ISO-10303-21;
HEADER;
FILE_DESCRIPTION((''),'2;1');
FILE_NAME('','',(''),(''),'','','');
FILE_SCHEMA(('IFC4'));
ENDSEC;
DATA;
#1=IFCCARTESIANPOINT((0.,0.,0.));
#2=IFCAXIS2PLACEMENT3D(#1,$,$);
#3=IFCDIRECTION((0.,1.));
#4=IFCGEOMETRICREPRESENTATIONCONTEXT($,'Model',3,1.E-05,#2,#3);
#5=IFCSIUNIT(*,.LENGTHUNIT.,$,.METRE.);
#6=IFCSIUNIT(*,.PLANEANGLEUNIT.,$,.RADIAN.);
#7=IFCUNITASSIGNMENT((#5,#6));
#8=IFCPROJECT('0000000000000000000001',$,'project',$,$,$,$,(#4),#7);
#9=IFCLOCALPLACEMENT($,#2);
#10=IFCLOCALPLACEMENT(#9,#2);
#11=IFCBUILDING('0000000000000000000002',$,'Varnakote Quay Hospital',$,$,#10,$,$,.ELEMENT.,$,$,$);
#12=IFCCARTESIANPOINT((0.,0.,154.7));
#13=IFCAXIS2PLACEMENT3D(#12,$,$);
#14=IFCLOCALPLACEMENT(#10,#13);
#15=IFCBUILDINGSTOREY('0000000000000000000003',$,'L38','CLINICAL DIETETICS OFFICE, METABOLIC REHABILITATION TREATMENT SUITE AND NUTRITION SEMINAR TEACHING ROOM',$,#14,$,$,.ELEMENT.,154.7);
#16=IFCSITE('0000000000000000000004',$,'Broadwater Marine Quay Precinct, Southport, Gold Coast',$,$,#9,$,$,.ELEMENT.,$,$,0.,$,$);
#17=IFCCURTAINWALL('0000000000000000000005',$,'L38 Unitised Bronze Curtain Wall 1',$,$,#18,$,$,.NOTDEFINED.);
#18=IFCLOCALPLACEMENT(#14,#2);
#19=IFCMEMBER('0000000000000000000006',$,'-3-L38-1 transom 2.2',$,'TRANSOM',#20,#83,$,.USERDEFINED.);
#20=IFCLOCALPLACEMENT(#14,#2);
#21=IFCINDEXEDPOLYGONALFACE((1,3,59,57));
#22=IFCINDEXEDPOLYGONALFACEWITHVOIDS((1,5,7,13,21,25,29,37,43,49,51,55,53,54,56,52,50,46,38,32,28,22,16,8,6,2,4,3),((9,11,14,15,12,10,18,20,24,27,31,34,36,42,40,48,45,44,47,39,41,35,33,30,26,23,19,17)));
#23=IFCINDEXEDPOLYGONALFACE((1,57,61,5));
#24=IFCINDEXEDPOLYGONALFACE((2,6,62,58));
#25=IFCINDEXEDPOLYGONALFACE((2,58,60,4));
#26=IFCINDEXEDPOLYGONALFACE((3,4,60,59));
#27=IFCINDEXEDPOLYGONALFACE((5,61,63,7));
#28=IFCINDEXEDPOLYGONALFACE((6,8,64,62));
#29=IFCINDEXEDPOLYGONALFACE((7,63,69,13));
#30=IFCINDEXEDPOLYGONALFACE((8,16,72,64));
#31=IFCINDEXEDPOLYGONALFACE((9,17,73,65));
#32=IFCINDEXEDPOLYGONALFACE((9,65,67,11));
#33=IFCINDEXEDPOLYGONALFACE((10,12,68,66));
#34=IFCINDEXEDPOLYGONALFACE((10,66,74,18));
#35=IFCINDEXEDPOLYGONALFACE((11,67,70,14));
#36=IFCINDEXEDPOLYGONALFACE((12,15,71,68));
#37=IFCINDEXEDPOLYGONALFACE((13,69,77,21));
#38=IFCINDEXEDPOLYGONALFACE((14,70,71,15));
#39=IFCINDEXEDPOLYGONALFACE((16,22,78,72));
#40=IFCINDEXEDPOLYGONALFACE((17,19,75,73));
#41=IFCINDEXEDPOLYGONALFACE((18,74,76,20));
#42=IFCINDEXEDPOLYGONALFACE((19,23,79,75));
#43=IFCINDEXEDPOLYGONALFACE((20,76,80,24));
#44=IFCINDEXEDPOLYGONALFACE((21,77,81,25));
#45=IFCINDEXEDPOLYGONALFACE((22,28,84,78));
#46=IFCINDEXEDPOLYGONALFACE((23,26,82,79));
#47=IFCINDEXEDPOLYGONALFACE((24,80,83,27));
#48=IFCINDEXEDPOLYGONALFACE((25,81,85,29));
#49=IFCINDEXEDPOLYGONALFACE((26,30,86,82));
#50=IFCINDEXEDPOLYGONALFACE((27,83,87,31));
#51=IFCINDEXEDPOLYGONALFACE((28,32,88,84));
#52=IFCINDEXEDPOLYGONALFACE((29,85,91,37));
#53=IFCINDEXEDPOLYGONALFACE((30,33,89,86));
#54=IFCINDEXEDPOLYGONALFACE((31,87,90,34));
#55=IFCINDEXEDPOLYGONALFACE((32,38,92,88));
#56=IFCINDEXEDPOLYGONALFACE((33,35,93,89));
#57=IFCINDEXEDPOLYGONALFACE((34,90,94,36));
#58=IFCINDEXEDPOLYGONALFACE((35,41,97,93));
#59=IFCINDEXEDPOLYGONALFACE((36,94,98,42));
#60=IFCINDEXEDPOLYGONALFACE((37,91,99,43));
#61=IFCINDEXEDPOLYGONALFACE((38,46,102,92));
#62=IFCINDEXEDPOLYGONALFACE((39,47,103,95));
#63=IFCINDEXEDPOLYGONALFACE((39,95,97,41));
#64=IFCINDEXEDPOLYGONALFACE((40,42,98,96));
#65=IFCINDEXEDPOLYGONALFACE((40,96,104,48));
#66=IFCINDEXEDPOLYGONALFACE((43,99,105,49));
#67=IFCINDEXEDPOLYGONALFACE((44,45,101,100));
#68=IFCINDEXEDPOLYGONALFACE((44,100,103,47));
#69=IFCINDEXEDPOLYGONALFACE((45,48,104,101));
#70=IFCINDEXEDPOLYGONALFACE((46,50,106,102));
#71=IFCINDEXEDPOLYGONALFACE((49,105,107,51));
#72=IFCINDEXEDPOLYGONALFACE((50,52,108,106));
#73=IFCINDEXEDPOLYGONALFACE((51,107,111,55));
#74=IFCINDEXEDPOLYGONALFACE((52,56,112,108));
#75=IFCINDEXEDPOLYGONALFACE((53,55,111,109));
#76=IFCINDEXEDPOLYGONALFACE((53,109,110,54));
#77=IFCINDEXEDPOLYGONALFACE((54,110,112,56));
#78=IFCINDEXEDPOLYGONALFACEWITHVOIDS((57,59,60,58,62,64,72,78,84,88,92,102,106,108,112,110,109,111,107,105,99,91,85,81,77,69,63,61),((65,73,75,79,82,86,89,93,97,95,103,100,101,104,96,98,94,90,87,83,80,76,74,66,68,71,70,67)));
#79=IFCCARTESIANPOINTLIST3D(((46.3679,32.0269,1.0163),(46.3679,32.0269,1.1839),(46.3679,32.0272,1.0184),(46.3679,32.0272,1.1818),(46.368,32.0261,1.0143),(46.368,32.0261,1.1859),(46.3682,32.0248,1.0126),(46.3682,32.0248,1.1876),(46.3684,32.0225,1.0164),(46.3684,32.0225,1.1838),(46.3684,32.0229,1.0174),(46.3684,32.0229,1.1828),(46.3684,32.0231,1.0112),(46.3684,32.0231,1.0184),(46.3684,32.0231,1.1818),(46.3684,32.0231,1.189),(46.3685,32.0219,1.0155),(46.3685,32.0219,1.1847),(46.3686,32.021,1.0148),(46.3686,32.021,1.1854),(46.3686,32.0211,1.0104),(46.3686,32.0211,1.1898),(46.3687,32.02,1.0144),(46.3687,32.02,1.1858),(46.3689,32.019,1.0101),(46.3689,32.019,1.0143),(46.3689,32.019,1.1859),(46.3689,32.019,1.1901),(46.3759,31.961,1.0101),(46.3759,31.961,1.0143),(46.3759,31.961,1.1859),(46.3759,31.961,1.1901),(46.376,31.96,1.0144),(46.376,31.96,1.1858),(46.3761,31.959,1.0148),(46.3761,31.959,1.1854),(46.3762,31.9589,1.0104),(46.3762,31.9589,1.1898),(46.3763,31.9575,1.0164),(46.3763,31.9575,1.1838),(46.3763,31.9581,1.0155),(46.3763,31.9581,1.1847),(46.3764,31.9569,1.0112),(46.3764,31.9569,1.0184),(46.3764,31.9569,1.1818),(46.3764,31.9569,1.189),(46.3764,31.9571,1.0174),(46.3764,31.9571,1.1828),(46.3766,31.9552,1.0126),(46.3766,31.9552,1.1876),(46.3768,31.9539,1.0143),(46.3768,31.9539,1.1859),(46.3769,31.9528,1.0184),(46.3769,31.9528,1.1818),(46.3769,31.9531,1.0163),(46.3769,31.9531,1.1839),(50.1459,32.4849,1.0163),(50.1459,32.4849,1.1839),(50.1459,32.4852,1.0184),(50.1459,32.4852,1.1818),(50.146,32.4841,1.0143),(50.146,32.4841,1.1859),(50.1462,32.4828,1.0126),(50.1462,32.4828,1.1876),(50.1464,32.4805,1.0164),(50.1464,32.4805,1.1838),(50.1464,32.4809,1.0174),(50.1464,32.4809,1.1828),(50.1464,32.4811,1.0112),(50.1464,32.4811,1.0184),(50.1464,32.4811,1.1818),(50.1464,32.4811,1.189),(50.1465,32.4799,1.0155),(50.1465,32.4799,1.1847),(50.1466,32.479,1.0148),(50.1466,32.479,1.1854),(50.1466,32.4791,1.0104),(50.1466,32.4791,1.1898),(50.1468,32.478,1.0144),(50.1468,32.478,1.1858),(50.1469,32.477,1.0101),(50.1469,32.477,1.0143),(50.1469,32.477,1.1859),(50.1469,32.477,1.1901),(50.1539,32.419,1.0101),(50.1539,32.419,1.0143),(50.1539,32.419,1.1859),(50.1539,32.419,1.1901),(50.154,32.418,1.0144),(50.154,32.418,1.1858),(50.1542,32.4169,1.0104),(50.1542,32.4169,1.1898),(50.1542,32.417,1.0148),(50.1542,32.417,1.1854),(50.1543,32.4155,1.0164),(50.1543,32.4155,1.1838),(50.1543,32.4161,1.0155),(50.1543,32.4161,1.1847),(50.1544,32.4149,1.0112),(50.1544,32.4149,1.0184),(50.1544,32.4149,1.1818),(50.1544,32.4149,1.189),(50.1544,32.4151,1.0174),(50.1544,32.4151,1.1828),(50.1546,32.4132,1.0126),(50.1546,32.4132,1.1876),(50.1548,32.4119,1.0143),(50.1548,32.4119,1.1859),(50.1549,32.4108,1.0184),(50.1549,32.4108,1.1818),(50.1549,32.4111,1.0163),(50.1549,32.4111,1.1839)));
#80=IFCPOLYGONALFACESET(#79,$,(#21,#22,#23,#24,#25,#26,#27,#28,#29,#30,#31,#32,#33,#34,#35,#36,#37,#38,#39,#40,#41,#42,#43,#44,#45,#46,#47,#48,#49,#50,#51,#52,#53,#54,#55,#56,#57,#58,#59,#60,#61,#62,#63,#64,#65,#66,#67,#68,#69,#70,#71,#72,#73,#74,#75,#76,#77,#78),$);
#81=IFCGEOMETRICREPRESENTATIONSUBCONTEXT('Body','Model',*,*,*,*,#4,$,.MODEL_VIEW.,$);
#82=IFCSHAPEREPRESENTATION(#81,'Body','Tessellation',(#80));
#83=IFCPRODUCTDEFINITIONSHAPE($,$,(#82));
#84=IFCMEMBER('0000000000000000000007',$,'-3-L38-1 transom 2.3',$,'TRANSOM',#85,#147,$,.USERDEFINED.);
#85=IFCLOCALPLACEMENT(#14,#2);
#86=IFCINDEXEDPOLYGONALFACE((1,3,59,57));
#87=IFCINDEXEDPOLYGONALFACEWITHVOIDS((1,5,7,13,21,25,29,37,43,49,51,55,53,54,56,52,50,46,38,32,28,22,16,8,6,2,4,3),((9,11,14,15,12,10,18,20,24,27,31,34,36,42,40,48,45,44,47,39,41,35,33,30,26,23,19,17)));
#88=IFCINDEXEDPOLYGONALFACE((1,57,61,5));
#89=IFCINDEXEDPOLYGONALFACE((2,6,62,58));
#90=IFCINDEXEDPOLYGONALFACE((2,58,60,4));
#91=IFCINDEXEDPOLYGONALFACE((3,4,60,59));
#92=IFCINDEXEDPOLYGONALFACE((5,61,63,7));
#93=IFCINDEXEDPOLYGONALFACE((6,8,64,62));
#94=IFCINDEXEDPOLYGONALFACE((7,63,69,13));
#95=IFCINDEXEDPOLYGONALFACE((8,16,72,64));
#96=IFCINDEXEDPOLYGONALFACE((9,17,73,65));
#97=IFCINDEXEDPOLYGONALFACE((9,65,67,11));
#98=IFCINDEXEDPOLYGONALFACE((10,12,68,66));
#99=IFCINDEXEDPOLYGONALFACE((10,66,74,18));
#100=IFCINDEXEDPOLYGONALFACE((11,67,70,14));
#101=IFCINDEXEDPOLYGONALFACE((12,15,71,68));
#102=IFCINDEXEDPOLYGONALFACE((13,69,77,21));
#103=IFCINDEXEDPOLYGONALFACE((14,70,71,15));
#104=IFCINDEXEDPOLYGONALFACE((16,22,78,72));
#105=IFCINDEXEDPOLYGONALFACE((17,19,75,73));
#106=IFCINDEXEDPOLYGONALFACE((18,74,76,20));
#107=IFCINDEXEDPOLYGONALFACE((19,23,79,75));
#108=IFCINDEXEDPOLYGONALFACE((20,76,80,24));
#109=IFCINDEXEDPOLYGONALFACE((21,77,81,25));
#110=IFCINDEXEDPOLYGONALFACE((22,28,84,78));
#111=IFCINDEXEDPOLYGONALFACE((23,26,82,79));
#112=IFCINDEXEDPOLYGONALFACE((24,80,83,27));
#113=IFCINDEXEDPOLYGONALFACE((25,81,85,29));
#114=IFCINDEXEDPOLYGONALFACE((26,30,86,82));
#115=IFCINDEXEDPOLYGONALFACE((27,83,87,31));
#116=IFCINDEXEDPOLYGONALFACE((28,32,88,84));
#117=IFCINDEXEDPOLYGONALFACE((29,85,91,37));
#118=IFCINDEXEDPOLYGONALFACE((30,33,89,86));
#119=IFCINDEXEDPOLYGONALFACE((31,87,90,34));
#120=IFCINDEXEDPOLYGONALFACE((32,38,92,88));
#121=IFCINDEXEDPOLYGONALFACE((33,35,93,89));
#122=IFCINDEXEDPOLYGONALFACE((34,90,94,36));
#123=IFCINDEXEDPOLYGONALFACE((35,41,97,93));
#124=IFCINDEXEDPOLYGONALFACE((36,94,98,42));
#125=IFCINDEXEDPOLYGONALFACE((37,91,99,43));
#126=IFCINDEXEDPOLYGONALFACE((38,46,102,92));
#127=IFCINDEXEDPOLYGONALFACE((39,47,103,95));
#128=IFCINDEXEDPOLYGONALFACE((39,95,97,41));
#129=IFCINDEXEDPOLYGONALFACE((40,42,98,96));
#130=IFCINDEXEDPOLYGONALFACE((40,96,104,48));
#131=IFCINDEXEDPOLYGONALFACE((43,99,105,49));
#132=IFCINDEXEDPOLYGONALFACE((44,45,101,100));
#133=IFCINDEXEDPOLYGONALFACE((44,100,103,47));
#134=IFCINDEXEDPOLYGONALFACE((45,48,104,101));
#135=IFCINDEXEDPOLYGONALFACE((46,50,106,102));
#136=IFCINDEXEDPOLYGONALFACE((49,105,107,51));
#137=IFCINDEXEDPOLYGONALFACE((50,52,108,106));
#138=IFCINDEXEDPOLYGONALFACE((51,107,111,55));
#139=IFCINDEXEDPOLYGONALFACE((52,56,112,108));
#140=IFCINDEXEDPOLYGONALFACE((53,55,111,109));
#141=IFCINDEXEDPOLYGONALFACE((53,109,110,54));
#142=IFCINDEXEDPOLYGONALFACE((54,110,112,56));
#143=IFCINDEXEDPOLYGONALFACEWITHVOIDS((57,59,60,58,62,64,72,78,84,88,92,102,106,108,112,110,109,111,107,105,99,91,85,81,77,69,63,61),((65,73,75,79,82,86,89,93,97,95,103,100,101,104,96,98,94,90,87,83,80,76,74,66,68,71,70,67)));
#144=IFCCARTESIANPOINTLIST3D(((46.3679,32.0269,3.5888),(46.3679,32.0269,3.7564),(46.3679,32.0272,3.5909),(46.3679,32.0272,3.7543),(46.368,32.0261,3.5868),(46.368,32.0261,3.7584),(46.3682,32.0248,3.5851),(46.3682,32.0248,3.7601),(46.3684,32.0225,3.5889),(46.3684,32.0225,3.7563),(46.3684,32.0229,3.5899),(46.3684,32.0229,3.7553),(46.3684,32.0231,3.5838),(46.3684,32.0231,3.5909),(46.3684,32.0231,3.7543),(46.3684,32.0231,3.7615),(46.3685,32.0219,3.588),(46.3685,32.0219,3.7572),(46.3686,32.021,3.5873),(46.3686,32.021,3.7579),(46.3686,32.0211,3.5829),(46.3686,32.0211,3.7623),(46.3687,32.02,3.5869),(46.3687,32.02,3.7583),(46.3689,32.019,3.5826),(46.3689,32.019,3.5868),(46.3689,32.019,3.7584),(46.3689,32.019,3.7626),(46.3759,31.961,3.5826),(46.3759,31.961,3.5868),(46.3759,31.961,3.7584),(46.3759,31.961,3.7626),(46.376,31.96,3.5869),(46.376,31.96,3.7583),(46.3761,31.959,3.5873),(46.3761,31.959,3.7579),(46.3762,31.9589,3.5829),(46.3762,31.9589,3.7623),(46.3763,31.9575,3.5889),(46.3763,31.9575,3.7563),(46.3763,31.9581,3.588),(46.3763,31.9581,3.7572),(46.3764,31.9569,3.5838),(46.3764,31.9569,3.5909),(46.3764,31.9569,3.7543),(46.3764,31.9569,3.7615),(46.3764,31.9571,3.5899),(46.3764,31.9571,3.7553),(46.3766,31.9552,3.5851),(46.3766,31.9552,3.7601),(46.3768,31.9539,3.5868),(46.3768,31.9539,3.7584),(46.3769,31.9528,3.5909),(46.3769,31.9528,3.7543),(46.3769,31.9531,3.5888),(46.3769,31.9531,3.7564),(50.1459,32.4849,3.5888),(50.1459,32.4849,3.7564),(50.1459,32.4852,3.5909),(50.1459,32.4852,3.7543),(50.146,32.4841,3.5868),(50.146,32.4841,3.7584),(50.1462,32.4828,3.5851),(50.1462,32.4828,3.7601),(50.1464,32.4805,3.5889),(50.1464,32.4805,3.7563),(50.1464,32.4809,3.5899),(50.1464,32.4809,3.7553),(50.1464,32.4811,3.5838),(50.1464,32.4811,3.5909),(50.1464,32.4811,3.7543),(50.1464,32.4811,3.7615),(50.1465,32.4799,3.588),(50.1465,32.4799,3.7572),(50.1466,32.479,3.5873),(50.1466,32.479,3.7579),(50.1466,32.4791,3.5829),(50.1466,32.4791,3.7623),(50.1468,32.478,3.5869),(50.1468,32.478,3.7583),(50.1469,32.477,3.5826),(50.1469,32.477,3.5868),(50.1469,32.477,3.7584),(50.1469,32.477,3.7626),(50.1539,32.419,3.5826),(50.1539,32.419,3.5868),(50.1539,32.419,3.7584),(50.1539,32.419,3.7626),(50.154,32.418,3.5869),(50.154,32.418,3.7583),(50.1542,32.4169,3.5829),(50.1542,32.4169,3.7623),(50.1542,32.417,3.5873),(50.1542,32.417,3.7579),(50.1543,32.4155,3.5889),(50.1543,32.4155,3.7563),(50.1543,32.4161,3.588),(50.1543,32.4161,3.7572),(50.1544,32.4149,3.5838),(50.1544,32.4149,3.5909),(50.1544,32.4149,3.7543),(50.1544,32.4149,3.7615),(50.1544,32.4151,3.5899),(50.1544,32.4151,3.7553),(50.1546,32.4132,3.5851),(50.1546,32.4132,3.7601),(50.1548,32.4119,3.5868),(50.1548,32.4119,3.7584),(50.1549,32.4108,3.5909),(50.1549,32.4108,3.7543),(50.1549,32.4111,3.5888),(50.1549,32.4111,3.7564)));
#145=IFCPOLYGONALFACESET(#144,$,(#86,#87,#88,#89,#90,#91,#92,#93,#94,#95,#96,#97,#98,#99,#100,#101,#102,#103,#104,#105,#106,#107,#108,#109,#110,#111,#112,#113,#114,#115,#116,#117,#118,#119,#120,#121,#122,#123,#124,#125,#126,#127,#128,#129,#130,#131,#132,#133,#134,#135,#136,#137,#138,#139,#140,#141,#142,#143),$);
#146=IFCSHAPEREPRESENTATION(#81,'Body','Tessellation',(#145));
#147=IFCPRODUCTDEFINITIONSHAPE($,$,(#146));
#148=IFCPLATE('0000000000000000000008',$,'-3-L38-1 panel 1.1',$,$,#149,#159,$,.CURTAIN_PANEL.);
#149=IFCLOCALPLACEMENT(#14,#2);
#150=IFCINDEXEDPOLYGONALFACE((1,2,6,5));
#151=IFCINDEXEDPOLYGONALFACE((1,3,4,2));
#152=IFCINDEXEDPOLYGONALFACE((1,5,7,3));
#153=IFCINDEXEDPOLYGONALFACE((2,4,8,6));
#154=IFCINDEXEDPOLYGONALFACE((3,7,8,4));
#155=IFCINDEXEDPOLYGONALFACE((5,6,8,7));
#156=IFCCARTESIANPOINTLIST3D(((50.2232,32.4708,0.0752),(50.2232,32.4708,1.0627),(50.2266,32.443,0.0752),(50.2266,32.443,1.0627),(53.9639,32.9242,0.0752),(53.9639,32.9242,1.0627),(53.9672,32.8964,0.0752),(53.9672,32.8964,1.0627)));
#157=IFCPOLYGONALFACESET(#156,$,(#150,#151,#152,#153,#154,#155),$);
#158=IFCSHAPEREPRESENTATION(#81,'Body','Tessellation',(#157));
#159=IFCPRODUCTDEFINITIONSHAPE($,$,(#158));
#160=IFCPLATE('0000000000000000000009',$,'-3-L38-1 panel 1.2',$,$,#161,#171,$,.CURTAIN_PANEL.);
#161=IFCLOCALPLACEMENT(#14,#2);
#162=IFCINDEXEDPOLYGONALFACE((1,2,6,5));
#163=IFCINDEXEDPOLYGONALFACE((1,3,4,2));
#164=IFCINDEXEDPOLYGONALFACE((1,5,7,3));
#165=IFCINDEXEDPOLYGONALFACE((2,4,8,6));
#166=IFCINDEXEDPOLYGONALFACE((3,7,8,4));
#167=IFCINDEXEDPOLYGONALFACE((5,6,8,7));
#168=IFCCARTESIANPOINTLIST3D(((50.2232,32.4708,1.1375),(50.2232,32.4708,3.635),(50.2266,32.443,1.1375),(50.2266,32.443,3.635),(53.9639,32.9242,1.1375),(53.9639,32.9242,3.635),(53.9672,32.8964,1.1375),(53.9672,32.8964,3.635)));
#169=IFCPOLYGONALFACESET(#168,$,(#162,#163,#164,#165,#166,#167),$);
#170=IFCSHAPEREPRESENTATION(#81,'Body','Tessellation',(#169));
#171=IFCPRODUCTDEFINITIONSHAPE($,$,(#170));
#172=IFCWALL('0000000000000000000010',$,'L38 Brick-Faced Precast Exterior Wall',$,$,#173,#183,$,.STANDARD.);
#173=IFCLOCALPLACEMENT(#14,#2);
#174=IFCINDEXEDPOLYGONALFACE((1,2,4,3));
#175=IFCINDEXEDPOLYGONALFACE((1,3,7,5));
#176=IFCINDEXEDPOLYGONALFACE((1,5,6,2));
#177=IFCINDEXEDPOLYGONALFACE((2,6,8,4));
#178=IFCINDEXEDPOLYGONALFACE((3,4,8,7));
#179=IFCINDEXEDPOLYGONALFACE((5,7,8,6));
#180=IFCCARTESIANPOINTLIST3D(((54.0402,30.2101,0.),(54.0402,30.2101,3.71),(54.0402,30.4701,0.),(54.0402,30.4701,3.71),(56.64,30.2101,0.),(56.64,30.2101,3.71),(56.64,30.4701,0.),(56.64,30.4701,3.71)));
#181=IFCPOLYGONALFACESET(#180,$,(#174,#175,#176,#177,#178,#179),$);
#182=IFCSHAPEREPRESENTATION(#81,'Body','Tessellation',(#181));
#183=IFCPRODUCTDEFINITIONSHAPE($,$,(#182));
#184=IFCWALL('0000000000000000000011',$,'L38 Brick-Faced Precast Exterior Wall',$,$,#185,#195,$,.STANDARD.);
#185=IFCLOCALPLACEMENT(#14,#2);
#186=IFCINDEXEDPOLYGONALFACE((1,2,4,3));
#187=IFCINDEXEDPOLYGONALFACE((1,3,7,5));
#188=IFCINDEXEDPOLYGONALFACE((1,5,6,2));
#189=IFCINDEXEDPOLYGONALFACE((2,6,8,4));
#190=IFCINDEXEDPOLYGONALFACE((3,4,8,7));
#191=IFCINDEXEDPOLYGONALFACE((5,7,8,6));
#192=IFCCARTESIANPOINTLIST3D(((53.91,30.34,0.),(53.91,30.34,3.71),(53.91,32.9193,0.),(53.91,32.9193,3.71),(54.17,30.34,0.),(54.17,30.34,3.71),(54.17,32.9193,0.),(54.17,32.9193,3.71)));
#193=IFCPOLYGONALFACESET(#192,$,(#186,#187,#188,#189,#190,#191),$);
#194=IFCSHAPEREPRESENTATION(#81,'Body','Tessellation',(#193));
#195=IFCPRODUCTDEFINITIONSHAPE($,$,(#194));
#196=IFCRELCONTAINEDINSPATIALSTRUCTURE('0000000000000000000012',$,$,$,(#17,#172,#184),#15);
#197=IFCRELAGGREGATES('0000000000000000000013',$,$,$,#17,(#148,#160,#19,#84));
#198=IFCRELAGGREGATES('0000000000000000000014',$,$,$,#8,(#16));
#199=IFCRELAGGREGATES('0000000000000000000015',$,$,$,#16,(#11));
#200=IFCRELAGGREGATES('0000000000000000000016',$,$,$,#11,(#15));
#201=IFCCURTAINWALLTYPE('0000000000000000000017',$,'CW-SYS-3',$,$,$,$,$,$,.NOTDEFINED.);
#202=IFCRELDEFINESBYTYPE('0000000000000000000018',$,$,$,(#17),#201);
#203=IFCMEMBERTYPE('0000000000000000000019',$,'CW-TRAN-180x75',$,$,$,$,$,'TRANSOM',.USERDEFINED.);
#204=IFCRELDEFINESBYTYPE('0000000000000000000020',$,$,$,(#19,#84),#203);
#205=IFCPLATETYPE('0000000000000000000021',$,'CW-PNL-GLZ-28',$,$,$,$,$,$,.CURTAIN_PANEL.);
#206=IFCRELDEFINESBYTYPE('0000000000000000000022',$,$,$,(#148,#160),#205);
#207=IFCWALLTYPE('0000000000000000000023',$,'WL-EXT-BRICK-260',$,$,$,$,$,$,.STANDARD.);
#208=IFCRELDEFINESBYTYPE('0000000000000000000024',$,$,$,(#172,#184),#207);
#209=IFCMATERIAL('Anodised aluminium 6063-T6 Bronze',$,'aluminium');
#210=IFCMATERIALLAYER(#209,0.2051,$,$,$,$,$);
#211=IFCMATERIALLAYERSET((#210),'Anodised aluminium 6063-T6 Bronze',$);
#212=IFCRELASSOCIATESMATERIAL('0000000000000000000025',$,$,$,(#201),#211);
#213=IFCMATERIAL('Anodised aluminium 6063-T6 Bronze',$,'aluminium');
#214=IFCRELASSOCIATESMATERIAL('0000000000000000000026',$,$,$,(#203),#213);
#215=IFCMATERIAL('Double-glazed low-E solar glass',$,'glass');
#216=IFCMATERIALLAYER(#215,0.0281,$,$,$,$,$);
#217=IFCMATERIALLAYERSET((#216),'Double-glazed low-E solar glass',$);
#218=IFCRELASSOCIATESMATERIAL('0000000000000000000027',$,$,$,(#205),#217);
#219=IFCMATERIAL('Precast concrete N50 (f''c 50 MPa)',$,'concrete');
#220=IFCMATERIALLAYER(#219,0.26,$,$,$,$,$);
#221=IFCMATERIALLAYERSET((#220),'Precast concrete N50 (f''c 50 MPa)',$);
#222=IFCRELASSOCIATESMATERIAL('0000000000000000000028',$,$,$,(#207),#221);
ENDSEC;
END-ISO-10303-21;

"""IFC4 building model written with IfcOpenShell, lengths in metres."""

from ifc_helpers import new_model, si_unit, direction, frame, frame_2d, origin, origin_2d, place, context, subcontext, project, spatial, rectangle, hollow_rectangle, extrude, material, layer, layer_set, material_profile, profile_set, type_object, element, aggregate, save


model = new_model("IFC4")

# Units and contexts
model_context = context("Model", 3, precision=1e-05, world=origin(), true_north=direction((0.0, 1.0)))
body_context = subcontext(model_context, "Body", "Model", "MODEL_VIEW")
ifc_project = project(units=[si_unit("LENGTHUNIT", "METRE"), si_unit("PLANEANGLEUNIT", "RADIAN")], contexts=[model_context])

# Site, building, storey
site_placement = place(None, origin())
site = spatial("IfcSite", under=ifc_project, at=site_placement, Name="Broadwater Marine Quay Precinct, Southport, Gold Coast", CompositionType="ELEMENT", RefElevation=0.0)
building_placement = place(site_placement, origin())
building = spatial("IfcBuilding", under=site, at=building_placement, Name="Varnakote Quay Hospital", CompositionType="ELEMENT")
storey_placement = place(building_placement, frame((0.0, 0.0, 154.7)))
storey = spatial("IfcBuildingStorey", under=building, at=storey_placement, Name="L38", Description="CLINICAL DIETETICS OFFICE, METABOLIC REHABILITATION TREATMENT SUITE AND NUTRITION SEMINAR TEACHING ROOM", CompositionType="ELEMENT", Elevation=154.7)

# Curtain wall, members, plates
ifc_material_1 = material(Name="Anodised aluminium 6063-T6 Bronze", Category="aluminium")
ifc_layer_1 = layer(ifc_material_1, 0.2051)
ifc_layer_set_1 = layer_set([ifc_layer_1], Name="Anodised aluminium 6063-T6 Bronze")
curtain_wall_type = type_object("IfcCurtainWallType", Name="CW-SYS-3", PredefinedType="NOTDEFINED", material=ifc_layer_set_1)
curtain_wall_placement = place(storey_placement, origin())
curtain_wall = element("IfcCurtainWall", 1, at=curtain_wall_placement, inside=storey, type_object=curtain_wall_type, Name="L38 Unitised Bronze Curtain Wall 1", PredefinedType="NOTDEFINED")
ifc_material_2 = material(Name="Anodised aluminium 6063-T6 Bronze", Category="aluminium")
ifc_material_profile_1 = material_profile(ifc_material_2, hollow_rectangle(XDim=0.075, YDim=0.1799, WallThickness=0.0042, InnerFilletRadius=0.0042, OuterFilletRadius=0.0083, at=origin_2d()), Name="CW-TRAN-180x75")
ifc_profile_set_1 = profile_set([ifc_material_profile_1], Name="Anodised aluminium 6063-T6 Bronze")
member_type_1 = type_object("IfcMemberType", Name="CW-TRAN-180x75", ElementType="TRANSOM", PredefinedType="USERDEFINED", material=ifc_profile_set_1)
member_1_placement = place(storey_placement, frame((50.1504, 32.448, 1.1001), z_axis=(-0.992732, -0.120347, 0.0), x_axis=(0.120347, -0.992732, 0.0)))
member_1 = element("IfcMember", 2, at=member_1_placement, type_object=member_type_1, Name="-3-L38-1 transom 2.2", ObjectType="TRANSOM", PredefinedType="USERDEFINED", context=body_context, shape_type="SweptSolid", body=[
    extrude(hollow_rectangle(XDim=0.075, YDim=0.1799, WallThickness=0.0042, InnerFilletRadius=0.0042, OuterFilletRadius=0.0083, at=origin_2d()), origin(), (0.0, 0.0, 1.0), 3.8057),
])
member_2_placement = place(storey_placement, frame((50.1504, 32.448, 3.6726), z_axis=(-0.992732, -0.120347, 0.0), x_axis=(0.120347, -0.992732, 0.0)))
member_2 = element("IfcMember", 3, at=member_2_placement, type_object=member_type_1, Name="-3-L38-1 transom 2.3", ObjectType="TRANSOM", PredefinedType="USERDEFINED", context=body_context, shape_type="SweptSolid", body=[
    extrude(hollow_rectangle(XDim=0.075, YDim=0.1799, WallThickness=0.0042, InnerFilletRadius=0.0042, OuterFilletRadius=0.0083, at=origin_2d()), origin(), (0.0, 0.0, 1.0), 3.8057),
])
ifc_material_3 = material(Name="Double-glazed low-E solar glass", Category="glass")
ifc_layer_2 = layer(ifc_material_3, 0.0281)
ifc_layer_set_2 = layer_set([ifc_layer_2], Name="Double-glazed low-E solar glass")
plate_type = type_object("IfcPlateType", Name="CW-PNL-GLZ-28", PredefinedType="CURTAIN_PANEL", material=ifc_layer_set_2)
plate_1_placement = place(storey_placement, frame((52.0952, 32.6836, 0.0752), z_axis=(0.0, 0.0, 1.0), x_axis=(-0.992734, -0.120327, 0.0)))
plate_1 = element("IfcPlate", 4, at=plate_1_placement, type_object=plate_type, Name="-3-L38-1 panel 1.1", PredefinedType="CURTAIN_PANEL", context=body_context, shape_type="SweptSolid", body=[
    extrude(rectangle(XDim=3.7681, YDim=0.0281, at=origin_2d()), origin(), (0.0, 0.0, 1.0), 0.9875),
])
plate_2_placement = place(storey_placement, frame((52.0952, 32.6836, 1.1375), z_axis=(0.0, 0.0, 1.0), x_axis=(-0.992734, -0.120327, 0.0)))
plate_2 = element("IfcPlate", 5, at=plate_2_placement, type_object=plate_type, Name="-3-L38-1 panel 1.2", PredefinedType="CURTAIN_PANEL", context=body_context, shape_type="SweptSolid", body=[
    extrude(rectangle(XDim=3.7681, YDim=0.0281, at=origin_2d()), origin(), (0.0, 0.0, 1.0), 2.4976),
])
aggregate(curtain_wall, [plate_1, plate_2, member_1, member_2])

# Walls
ifc_material_4 = material(Name="Precast concrete N50 (f'c 50 MPa)", Category="concrete")
ifc_layer_3 = layer(ifc_material_4, 0.26)
ifc_layer_set_3 = layer_set([ifc_layer_3], Name="Precast concrete N50 (f'c 50 MPa)")
wall_type_1 = type_object("IfcWallType", Name="WL-EXT-BRICK-260", PredefinedType="STANDARD", material=ifc_layer_set_3)
wall_1_placement = place(storey_placement, frame((56.6399, 30.3401, 0.0), z_axis=(0.0, 0.0, 1.0), x_axis=(-1.0, 0.0, 0.0)))
element("IfcWall", 6, at=wall_1_placement, inside=storey, type_object=wall_type_1, Name="L38 Brick-Faced Precast Exterior Wall", PredefinedType="STANDARD", context=body_context, shape_type="SweptSolid", body=[
    extrude(rectangle(XDim=2.5999, YDim=0.26, at=frame_2d((1.2998, 0.0))), origin(), (0.0, 0.0, 1.0), 3.71),
])
wall_2_placement = place(storey_placement, frame((54.04, 30.3401, 0.0), z_axis=(0.0, 0.0, 1.0), x_axis=(0.0, 1.0, 0.0)))
element("IfcWall", 7, at=wall_2_placement, inside=storey, type_object=wall_type_1, Name="L38 Brick-Faced Precast Exterior Wall", PredefinedType="STANDARD", context=body_context, shape_type="SweptSolid", body=[
    extrude(rectangle(XDim=2.5793, YDim=0.26, at=frame_2d((1.2896, 0.0))), origin(), (0.0, 0.0, 1.0), 3.71),
])

save(model, "model.ifc")
